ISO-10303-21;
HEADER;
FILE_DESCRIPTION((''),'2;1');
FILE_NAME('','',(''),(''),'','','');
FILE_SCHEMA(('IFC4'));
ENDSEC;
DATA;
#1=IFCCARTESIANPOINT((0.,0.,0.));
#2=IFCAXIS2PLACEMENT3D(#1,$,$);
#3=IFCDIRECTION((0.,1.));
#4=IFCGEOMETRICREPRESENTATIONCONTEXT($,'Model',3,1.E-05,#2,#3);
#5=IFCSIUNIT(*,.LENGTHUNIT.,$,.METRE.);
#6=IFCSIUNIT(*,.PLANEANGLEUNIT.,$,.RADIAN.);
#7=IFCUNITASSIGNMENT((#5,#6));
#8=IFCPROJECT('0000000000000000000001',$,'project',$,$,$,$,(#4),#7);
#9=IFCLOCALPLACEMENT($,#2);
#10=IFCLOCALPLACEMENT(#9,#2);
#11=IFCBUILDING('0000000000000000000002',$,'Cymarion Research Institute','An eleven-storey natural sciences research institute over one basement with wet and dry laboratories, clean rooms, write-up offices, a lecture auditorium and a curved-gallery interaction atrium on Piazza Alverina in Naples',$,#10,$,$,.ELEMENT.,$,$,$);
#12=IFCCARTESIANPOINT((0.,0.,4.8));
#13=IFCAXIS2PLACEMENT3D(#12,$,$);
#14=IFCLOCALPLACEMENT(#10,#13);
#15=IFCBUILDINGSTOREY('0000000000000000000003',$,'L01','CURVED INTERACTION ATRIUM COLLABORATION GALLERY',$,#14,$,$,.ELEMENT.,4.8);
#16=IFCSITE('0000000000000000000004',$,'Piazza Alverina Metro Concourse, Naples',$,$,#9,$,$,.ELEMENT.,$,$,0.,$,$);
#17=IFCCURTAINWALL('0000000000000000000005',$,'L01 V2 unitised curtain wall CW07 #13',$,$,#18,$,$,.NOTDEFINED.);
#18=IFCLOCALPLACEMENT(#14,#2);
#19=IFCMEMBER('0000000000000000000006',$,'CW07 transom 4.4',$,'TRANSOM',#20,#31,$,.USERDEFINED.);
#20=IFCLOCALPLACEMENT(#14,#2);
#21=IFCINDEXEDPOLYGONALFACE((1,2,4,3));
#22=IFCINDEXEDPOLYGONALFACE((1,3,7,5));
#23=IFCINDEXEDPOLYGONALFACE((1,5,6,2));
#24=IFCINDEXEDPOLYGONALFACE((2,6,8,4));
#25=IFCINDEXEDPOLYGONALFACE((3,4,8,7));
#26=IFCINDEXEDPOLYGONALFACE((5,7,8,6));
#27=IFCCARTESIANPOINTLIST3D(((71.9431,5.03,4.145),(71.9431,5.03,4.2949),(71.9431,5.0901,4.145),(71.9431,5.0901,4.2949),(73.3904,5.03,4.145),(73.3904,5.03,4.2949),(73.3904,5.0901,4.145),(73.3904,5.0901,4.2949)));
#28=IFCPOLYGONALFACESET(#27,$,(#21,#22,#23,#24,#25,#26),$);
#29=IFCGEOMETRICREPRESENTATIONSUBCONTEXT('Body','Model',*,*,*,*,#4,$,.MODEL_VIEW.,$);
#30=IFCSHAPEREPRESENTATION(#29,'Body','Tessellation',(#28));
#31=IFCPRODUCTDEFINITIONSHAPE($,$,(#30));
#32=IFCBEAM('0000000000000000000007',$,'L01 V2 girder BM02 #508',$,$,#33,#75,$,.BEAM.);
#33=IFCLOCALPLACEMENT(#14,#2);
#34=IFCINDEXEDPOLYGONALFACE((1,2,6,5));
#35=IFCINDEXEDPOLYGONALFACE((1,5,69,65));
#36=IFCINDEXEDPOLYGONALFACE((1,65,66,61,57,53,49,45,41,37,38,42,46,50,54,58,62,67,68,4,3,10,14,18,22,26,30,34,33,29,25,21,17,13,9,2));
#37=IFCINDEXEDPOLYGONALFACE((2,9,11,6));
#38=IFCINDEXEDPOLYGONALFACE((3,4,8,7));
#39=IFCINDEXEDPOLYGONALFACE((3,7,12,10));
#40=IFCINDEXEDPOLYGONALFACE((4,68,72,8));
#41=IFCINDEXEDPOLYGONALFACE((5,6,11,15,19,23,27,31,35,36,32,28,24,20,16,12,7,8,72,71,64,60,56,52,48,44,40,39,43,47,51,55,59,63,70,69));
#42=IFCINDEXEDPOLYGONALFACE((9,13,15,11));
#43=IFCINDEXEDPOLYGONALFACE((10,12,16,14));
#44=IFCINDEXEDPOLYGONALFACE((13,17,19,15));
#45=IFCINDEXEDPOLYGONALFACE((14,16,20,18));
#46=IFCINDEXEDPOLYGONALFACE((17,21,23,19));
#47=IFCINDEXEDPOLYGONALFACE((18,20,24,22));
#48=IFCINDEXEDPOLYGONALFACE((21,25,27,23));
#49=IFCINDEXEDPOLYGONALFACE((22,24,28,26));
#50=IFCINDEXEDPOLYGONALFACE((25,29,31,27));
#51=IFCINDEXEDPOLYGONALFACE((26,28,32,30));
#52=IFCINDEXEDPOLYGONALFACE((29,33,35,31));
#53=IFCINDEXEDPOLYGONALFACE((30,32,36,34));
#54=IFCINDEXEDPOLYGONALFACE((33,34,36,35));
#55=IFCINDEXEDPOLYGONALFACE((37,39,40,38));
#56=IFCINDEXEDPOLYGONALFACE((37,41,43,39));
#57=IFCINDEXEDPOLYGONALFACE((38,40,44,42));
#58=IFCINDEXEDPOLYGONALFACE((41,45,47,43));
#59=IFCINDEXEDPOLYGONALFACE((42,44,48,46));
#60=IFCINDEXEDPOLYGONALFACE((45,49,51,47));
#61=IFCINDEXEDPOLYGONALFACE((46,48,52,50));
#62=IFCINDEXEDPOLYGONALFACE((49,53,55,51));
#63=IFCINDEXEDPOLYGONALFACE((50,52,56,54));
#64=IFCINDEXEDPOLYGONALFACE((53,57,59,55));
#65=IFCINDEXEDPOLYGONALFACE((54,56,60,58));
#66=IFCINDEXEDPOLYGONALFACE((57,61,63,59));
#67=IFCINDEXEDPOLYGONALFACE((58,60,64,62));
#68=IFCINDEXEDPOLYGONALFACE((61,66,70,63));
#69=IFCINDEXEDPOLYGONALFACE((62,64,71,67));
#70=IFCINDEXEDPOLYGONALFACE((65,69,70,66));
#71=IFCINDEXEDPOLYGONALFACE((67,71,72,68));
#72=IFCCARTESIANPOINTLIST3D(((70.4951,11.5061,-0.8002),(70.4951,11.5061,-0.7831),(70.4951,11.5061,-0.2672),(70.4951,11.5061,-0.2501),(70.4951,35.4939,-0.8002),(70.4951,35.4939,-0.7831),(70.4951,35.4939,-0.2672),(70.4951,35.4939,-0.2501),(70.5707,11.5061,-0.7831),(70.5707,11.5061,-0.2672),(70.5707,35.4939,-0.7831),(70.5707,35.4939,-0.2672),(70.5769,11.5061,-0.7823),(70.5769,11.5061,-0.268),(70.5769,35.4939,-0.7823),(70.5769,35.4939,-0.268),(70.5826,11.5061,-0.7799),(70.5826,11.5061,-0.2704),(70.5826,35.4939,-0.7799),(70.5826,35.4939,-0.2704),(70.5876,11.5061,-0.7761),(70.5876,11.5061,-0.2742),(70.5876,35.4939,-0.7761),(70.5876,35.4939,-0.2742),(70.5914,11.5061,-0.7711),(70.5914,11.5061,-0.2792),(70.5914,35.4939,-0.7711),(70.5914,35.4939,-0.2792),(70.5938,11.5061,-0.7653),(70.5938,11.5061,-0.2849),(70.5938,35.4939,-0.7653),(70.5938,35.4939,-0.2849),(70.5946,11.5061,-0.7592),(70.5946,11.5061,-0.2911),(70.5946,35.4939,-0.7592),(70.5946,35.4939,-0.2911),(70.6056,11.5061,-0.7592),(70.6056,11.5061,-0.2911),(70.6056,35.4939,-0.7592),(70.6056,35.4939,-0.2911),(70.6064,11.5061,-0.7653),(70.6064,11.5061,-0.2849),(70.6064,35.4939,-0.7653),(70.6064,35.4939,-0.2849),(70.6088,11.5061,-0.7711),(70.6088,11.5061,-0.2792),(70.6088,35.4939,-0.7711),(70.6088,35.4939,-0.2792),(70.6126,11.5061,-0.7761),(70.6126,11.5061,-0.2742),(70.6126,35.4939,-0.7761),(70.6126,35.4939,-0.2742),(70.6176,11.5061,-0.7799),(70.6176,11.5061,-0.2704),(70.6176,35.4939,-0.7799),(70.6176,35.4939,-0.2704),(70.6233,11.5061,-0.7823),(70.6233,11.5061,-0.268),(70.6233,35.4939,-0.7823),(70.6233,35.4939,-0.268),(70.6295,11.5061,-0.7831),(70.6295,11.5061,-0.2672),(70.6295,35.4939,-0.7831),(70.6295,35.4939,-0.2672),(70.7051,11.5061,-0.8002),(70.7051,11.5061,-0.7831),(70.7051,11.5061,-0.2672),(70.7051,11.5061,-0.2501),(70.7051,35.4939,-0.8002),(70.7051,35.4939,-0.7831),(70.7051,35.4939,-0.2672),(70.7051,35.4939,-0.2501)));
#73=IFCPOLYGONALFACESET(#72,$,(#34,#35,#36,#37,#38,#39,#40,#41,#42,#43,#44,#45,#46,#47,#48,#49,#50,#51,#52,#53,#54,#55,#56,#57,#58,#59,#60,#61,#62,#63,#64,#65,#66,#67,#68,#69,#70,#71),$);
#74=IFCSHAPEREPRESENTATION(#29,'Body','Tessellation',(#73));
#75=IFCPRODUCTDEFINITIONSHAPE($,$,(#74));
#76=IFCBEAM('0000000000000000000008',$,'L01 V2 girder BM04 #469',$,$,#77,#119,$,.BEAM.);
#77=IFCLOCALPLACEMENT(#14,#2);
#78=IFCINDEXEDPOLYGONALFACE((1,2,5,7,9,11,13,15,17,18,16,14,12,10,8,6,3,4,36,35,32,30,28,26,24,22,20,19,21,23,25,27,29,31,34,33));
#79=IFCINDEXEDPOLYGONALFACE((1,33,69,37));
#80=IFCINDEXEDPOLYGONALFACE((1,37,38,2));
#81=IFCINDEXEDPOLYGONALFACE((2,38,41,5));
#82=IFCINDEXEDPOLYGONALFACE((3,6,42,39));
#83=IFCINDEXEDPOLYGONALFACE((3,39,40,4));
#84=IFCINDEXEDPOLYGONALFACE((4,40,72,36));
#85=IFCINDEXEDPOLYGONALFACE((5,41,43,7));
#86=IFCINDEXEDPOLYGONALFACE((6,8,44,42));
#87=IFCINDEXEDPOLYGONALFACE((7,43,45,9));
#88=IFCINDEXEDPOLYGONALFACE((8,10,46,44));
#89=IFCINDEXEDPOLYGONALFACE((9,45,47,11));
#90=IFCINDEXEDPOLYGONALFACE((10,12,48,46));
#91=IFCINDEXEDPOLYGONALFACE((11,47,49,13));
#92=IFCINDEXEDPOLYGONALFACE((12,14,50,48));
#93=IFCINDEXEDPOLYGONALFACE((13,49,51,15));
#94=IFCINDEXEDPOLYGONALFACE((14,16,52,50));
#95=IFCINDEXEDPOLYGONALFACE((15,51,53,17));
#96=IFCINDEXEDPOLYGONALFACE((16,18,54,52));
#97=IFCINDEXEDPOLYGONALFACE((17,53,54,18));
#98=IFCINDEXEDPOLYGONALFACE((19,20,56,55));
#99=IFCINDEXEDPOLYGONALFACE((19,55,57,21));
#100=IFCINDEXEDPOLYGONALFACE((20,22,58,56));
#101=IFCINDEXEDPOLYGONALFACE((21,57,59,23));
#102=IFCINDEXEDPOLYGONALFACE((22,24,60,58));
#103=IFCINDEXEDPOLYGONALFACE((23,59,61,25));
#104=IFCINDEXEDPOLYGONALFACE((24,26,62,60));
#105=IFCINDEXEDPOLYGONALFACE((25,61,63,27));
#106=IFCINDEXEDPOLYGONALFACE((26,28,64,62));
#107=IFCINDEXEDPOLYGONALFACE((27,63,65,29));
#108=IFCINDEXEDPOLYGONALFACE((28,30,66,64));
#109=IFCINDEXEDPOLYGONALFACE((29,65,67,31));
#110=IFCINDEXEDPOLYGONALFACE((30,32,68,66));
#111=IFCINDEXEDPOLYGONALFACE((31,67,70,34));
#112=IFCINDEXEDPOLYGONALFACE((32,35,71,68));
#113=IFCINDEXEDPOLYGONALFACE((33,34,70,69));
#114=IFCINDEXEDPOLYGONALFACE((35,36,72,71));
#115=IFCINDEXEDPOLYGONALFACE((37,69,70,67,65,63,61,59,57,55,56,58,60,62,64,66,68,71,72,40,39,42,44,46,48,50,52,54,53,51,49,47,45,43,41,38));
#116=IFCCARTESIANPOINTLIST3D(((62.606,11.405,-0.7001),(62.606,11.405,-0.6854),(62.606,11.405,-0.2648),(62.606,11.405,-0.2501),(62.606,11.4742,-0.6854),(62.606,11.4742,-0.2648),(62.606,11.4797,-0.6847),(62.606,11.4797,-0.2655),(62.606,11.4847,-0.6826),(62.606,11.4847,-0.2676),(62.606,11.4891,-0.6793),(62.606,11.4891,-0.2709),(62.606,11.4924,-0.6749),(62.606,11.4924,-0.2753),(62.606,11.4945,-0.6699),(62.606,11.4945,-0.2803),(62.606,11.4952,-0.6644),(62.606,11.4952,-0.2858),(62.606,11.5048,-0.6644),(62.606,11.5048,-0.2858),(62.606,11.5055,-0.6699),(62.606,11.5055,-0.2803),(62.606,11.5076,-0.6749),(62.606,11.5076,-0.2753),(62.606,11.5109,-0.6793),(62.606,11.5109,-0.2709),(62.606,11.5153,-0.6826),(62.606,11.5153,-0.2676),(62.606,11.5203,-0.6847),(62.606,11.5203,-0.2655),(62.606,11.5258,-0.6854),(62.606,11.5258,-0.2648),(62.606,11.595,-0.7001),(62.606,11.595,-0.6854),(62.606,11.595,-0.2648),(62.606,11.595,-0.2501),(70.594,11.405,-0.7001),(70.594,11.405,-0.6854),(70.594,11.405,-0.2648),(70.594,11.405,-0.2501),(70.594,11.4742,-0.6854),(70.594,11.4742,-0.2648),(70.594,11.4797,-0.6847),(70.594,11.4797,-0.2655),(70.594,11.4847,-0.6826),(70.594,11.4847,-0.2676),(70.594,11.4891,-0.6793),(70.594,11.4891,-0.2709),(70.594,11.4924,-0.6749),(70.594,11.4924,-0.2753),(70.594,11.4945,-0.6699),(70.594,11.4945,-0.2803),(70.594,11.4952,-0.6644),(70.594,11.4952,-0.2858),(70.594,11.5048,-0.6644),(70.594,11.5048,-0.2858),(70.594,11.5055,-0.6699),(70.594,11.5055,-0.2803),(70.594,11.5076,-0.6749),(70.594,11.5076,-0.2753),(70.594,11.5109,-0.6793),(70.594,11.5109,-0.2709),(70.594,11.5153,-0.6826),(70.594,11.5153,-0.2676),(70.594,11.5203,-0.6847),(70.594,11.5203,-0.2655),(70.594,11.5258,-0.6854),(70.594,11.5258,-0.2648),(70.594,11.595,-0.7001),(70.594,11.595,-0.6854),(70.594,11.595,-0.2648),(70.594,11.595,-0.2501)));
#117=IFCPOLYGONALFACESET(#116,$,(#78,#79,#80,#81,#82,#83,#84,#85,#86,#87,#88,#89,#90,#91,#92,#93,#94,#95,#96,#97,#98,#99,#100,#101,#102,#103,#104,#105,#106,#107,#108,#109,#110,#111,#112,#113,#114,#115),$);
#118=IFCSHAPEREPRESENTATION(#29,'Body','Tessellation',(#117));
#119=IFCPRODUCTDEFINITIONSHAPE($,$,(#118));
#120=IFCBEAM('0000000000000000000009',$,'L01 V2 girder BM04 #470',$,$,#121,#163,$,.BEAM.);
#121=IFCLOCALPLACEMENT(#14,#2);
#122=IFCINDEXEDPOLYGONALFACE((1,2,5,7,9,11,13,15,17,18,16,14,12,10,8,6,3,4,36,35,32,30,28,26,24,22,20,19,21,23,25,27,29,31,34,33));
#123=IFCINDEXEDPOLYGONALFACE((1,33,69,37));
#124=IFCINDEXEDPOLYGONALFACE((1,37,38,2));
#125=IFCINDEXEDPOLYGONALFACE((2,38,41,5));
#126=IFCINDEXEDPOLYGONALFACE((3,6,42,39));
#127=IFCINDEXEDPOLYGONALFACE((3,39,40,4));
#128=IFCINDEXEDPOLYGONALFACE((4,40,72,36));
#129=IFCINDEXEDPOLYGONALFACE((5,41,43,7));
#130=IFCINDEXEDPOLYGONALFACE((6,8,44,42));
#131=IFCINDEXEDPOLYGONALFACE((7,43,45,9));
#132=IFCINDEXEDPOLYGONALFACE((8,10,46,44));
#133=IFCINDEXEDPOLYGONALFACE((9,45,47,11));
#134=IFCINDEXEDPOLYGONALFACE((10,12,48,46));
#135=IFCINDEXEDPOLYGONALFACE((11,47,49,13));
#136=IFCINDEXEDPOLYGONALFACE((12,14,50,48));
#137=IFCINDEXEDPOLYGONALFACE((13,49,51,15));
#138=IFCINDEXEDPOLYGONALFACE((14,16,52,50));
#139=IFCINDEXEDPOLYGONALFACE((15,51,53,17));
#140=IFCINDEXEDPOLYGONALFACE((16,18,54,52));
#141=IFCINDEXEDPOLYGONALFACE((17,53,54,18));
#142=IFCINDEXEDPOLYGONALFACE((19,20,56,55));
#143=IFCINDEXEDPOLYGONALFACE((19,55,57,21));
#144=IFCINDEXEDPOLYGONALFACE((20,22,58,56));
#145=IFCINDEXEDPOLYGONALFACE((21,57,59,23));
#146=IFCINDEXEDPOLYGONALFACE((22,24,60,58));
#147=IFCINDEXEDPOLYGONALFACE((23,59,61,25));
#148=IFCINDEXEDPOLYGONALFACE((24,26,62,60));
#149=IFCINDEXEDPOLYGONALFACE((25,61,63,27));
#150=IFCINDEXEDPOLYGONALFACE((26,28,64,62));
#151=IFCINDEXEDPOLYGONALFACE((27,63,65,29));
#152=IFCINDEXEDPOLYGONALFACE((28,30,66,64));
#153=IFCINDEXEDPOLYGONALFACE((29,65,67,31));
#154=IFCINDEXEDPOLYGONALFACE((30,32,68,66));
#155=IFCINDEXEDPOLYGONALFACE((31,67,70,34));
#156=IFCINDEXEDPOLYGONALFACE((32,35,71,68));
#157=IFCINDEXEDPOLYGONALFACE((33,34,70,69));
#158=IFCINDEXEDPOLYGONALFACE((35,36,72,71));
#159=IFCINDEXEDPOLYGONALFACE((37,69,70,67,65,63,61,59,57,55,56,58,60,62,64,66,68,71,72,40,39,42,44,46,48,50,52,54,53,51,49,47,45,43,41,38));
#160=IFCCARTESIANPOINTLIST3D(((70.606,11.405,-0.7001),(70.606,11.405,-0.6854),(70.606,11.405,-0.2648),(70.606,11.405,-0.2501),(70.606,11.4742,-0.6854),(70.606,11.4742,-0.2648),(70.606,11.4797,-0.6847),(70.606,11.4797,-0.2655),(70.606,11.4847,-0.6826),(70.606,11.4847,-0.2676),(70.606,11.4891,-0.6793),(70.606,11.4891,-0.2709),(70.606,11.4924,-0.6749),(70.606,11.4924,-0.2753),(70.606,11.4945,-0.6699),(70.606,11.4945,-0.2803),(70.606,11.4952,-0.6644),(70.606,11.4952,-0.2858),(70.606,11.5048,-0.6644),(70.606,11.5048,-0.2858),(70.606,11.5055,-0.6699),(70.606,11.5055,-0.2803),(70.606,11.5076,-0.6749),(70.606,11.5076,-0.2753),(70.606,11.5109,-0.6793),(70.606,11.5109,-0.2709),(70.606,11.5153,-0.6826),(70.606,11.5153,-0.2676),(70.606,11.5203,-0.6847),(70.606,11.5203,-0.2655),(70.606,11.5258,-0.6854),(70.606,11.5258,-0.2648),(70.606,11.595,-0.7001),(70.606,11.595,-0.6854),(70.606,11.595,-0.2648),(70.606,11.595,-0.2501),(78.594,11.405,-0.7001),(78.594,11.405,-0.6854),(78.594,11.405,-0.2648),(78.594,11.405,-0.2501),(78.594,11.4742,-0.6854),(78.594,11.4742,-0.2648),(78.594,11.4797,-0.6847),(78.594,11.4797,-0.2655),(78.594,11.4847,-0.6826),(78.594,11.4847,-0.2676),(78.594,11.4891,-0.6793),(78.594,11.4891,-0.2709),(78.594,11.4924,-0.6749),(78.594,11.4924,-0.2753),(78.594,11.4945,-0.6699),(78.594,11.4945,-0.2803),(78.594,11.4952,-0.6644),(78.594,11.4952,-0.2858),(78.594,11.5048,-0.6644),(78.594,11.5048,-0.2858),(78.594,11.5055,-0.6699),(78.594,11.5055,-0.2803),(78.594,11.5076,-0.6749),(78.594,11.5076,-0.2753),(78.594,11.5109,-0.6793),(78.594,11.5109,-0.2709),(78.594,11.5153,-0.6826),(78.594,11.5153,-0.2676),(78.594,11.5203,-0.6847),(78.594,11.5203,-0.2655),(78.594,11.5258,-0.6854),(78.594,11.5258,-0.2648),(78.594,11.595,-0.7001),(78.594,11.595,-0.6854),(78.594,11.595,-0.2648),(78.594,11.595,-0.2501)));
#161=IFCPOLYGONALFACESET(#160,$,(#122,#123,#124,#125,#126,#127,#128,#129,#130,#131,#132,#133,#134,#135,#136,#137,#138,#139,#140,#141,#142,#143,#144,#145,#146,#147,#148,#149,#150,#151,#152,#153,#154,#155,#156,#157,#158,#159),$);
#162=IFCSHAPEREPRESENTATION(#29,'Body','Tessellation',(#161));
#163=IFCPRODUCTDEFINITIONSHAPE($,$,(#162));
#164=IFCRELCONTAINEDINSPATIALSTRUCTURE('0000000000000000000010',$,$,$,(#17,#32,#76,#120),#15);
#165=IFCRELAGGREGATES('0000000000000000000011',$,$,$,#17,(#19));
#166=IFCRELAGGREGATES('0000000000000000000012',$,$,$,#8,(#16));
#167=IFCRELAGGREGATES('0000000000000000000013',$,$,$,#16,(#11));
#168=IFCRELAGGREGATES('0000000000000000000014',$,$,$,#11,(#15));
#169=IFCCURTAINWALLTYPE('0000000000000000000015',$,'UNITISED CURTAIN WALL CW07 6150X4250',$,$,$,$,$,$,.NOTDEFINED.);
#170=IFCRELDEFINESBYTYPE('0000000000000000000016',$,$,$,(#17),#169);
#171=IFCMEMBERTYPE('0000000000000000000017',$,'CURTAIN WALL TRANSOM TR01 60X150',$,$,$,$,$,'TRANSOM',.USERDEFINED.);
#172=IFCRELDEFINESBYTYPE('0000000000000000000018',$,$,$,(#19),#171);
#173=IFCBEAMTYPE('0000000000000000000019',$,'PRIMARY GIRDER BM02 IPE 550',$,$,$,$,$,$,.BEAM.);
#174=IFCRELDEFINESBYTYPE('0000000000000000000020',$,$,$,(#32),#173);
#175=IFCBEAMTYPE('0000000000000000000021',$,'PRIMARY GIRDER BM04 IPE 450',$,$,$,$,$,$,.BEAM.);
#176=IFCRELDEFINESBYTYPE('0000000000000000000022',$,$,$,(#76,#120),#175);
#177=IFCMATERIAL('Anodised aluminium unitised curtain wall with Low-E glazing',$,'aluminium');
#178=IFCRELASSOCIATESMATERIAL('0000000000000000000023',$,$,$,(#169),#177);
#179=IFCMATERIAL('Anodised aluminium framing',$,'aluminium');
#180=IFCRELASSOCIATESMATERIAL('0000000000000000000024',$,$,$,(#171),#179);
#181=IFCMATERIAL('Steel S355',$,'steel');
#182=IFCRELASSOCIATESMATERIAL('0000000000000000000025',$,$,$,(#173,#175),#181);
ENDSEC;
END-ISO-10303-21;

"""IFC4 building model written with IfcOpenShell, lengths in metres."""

from ifc_helpers import new_model, si_unit, direction, frame, origin, origin_2d, place, context, subcontext, project, spatial, rectangle, i_section, extrude, material, material_profile, profile_set, type_object, element, aggregate, save


model = new_model("IFC4")

# Units and contexts
model_context = context("Model", 3, precision=1e-05, world=origin(), true_north=direction((0.0, 1.0)))
body_context = subcontext(model_context, "Body", "Model", "MODEL_VIEW")
ifc_project = project(units=[si_unit("LENGTHUNIT", "METRE"), si_unit("PLANEANGLEUNIT", "RADIAN")], contexts=[model_context])

# Site, building, storey
site_placement = place(None, origin())
site = spatial("IfcSite", under=ifc_project, at=site_placement, Name="Piazza Alverina Metro Concourse, Naples", CompositionType="ELEMENT", RefElevation=0.0)
building_placement = place(site_placement, origin())
building = spatial("IfcBuilding", under=site, at=building_placement, Name="Cymarion Research Institute", Description="An eleven-storey natural sciences research institute over one basement with wet and dry laboratories, clean rooms, write-up offices, a lecture auditorium and a curved-gallery interaction atrium on Piazza Alverina in Naples", CompositionType="ELEMENT")
storey_placement = place(building_placement, frame((0.0, 0.0, 4.8)))
storey = spatial("IfcBuildingStorey", under=building, at=storey_placement, Name="L01", Description="CURVED INTERACTION ATRIUM COLLABORATION GALLERY", CompositionType="ELEMENT", Elevation=4.8)

# Shared definitions
ifc_material_1 = material(Name="Steel S355", Category="steel")

# Curtain wall, member
ifc_material_2 = material(Name="Anodised aluminium unitised curtain wall with Low-E glazing", Category="aluminium")
curtain_wall_type = type_object("IfcCurtainWallType", Name="UNITISED CURTAIN WALL CW07 6150X4250", PredefinedType="NOTDEFINED", material=ifc_material_2)
curtain_wall_placement = place(storey_placement, origin())
curtain_wall = element("IfcCurtainWall", 1, at=curtain_wall_placement, inside=storey, type_object=curtain_wall_type, Name="L01 V2 unitised curtain wall CW07 #13", PredefinedType="NOTDEFINED")
ifc_material_3 = material(Name="Anodised aluminium framing", Category="aluminium")
ifc_material_profile_1 = material_profile(ifc_material_3, rectangle(XDim=0.0601, YDim=0.1499, at=origin_2d()), Name="ALU TRANSOM 60x150")
ifc_profile_set_1 = profile_set([ifc_material_profile_1], Name="Anodised aluminium framing")
member_type_1 = type_object("IfcMemberType", Name="CURTAIN WALL TRANSOM TR01 60X150", ElementType="TRANSOM", PredefinedType="USERDEFINED", material=ifc_profile_set_1)
member_1_placement = place(storey_placement, frame((71.9431, 5.0601, 4.22), z_axis=(1.0, 0.0, 0.0), x_axis=(0.0, 1.0, 0.0)))
member_1 = element("IfcMember", 2, at=member_1_placement, type_object=member_type_1, Name="CW07 transom 4.4", ObjectType="TRANSOM", PredefinedType="USERDEFINED", context=body_context, shape_type="SweptSolid", body=[
    extrude(rectangle(XDim=0.0601, YDim=0.1499, at=origin_2d()), origin(), (0.0, 0.0, 1.0), 1.4473),
])
aggregate(curtain_wall, [member_1])

# Beams
ifc_material_profile_2 = material_profile(ifc_material_1, i_section(OverallWidth=0.21, OverallDepth=0.55, WebThickness=0.011, FlangeThickness=0.0171, FilletRadius=0.0239, at=origin_2d()), Name="IPE 550")
ifc_profile_set_2 = profile_set([ifc_material_profile_2], Name="Steel S355")
beam_type_1 = type_object("IfcBeamType", Name="PRIMARY GIRDER BM02 IPE 550", PredefinedType="BEAM", material=ifc_profile_set_2)
beam_1_placement = place(storey_placement, frame((70.6001, 11.5061, -0.5251), z_axis=(0.0, 1.0, 0.0), x_axis=(-1.0, 0.0, 0.0)))
element("IfcBeam", 3, at=beam_1_placement, inside=storey, type_object=beam_type_1, Name="L01 V2 girder BM02 #508", PredefinedType="BEAM", context=body_context, shape_type="SweptSolid", body=[
    extrude(i_section(OverallWidth=0.21, OverallDepth=0.55, WebThickness=0.011, FlangeThickness=0.0171, FilletRadius=0.0239, at=origin_2d()), origin(), (0.0, 0.0, 1.0), 23.9878),
])
ifc_material_profile_3 = material_profile(ifc_material_1, i_section(OverallWidth=0.1899, OverallDepth=0.45, WebThickness=0.0095, FlangeThickness=0.0146, FilletRadius=0.021, at=origin_2d()), Name="IPE 450")
ifc_profile_set_3 = profile_set([ifc_material_profile_3], Name="Steel S355")
beam_type_2 = type_object("IfcBeamType", Name="PRIMARY GIRDER BM04 IPE 450", PredefinedType="BEAM", material=ifc_profile_set_3)
for number, where, z_axis, x_axis, name in (
    (4, (62.606, 11.5, -0.4751), (1.0, 0.0, 0.0), (0.0, 1.0, 0.0), "L01 V2 girder BM04 #469"),
    (5, (70.606, 11.5, -0.4751), (1.0, 0.0, 0.0), (0.0, 1.0, 0.0), "L01 V2 girder BM04 #470"),
):
    element("IfcBeam", number, at=place(storey_placement, frame(where, z_axis=z_axis, x_axis=x_axis)), inside=storey, type_object=beam_type_2, Name=name, PredefinedType="BEAM", context=body_context, shape_type="SweptSolid", body=[
        extrude(i_section(OverallWidth=0.1899, OverallDepth=0.45, WebThickness=0.0095, FlangeThickness=0.0146, FilletRadius=0.021, at=origin_2d()), origin(), (0.0, 0.0, 1.0), 7.988),
    ])

save(model, "model.ifc")
